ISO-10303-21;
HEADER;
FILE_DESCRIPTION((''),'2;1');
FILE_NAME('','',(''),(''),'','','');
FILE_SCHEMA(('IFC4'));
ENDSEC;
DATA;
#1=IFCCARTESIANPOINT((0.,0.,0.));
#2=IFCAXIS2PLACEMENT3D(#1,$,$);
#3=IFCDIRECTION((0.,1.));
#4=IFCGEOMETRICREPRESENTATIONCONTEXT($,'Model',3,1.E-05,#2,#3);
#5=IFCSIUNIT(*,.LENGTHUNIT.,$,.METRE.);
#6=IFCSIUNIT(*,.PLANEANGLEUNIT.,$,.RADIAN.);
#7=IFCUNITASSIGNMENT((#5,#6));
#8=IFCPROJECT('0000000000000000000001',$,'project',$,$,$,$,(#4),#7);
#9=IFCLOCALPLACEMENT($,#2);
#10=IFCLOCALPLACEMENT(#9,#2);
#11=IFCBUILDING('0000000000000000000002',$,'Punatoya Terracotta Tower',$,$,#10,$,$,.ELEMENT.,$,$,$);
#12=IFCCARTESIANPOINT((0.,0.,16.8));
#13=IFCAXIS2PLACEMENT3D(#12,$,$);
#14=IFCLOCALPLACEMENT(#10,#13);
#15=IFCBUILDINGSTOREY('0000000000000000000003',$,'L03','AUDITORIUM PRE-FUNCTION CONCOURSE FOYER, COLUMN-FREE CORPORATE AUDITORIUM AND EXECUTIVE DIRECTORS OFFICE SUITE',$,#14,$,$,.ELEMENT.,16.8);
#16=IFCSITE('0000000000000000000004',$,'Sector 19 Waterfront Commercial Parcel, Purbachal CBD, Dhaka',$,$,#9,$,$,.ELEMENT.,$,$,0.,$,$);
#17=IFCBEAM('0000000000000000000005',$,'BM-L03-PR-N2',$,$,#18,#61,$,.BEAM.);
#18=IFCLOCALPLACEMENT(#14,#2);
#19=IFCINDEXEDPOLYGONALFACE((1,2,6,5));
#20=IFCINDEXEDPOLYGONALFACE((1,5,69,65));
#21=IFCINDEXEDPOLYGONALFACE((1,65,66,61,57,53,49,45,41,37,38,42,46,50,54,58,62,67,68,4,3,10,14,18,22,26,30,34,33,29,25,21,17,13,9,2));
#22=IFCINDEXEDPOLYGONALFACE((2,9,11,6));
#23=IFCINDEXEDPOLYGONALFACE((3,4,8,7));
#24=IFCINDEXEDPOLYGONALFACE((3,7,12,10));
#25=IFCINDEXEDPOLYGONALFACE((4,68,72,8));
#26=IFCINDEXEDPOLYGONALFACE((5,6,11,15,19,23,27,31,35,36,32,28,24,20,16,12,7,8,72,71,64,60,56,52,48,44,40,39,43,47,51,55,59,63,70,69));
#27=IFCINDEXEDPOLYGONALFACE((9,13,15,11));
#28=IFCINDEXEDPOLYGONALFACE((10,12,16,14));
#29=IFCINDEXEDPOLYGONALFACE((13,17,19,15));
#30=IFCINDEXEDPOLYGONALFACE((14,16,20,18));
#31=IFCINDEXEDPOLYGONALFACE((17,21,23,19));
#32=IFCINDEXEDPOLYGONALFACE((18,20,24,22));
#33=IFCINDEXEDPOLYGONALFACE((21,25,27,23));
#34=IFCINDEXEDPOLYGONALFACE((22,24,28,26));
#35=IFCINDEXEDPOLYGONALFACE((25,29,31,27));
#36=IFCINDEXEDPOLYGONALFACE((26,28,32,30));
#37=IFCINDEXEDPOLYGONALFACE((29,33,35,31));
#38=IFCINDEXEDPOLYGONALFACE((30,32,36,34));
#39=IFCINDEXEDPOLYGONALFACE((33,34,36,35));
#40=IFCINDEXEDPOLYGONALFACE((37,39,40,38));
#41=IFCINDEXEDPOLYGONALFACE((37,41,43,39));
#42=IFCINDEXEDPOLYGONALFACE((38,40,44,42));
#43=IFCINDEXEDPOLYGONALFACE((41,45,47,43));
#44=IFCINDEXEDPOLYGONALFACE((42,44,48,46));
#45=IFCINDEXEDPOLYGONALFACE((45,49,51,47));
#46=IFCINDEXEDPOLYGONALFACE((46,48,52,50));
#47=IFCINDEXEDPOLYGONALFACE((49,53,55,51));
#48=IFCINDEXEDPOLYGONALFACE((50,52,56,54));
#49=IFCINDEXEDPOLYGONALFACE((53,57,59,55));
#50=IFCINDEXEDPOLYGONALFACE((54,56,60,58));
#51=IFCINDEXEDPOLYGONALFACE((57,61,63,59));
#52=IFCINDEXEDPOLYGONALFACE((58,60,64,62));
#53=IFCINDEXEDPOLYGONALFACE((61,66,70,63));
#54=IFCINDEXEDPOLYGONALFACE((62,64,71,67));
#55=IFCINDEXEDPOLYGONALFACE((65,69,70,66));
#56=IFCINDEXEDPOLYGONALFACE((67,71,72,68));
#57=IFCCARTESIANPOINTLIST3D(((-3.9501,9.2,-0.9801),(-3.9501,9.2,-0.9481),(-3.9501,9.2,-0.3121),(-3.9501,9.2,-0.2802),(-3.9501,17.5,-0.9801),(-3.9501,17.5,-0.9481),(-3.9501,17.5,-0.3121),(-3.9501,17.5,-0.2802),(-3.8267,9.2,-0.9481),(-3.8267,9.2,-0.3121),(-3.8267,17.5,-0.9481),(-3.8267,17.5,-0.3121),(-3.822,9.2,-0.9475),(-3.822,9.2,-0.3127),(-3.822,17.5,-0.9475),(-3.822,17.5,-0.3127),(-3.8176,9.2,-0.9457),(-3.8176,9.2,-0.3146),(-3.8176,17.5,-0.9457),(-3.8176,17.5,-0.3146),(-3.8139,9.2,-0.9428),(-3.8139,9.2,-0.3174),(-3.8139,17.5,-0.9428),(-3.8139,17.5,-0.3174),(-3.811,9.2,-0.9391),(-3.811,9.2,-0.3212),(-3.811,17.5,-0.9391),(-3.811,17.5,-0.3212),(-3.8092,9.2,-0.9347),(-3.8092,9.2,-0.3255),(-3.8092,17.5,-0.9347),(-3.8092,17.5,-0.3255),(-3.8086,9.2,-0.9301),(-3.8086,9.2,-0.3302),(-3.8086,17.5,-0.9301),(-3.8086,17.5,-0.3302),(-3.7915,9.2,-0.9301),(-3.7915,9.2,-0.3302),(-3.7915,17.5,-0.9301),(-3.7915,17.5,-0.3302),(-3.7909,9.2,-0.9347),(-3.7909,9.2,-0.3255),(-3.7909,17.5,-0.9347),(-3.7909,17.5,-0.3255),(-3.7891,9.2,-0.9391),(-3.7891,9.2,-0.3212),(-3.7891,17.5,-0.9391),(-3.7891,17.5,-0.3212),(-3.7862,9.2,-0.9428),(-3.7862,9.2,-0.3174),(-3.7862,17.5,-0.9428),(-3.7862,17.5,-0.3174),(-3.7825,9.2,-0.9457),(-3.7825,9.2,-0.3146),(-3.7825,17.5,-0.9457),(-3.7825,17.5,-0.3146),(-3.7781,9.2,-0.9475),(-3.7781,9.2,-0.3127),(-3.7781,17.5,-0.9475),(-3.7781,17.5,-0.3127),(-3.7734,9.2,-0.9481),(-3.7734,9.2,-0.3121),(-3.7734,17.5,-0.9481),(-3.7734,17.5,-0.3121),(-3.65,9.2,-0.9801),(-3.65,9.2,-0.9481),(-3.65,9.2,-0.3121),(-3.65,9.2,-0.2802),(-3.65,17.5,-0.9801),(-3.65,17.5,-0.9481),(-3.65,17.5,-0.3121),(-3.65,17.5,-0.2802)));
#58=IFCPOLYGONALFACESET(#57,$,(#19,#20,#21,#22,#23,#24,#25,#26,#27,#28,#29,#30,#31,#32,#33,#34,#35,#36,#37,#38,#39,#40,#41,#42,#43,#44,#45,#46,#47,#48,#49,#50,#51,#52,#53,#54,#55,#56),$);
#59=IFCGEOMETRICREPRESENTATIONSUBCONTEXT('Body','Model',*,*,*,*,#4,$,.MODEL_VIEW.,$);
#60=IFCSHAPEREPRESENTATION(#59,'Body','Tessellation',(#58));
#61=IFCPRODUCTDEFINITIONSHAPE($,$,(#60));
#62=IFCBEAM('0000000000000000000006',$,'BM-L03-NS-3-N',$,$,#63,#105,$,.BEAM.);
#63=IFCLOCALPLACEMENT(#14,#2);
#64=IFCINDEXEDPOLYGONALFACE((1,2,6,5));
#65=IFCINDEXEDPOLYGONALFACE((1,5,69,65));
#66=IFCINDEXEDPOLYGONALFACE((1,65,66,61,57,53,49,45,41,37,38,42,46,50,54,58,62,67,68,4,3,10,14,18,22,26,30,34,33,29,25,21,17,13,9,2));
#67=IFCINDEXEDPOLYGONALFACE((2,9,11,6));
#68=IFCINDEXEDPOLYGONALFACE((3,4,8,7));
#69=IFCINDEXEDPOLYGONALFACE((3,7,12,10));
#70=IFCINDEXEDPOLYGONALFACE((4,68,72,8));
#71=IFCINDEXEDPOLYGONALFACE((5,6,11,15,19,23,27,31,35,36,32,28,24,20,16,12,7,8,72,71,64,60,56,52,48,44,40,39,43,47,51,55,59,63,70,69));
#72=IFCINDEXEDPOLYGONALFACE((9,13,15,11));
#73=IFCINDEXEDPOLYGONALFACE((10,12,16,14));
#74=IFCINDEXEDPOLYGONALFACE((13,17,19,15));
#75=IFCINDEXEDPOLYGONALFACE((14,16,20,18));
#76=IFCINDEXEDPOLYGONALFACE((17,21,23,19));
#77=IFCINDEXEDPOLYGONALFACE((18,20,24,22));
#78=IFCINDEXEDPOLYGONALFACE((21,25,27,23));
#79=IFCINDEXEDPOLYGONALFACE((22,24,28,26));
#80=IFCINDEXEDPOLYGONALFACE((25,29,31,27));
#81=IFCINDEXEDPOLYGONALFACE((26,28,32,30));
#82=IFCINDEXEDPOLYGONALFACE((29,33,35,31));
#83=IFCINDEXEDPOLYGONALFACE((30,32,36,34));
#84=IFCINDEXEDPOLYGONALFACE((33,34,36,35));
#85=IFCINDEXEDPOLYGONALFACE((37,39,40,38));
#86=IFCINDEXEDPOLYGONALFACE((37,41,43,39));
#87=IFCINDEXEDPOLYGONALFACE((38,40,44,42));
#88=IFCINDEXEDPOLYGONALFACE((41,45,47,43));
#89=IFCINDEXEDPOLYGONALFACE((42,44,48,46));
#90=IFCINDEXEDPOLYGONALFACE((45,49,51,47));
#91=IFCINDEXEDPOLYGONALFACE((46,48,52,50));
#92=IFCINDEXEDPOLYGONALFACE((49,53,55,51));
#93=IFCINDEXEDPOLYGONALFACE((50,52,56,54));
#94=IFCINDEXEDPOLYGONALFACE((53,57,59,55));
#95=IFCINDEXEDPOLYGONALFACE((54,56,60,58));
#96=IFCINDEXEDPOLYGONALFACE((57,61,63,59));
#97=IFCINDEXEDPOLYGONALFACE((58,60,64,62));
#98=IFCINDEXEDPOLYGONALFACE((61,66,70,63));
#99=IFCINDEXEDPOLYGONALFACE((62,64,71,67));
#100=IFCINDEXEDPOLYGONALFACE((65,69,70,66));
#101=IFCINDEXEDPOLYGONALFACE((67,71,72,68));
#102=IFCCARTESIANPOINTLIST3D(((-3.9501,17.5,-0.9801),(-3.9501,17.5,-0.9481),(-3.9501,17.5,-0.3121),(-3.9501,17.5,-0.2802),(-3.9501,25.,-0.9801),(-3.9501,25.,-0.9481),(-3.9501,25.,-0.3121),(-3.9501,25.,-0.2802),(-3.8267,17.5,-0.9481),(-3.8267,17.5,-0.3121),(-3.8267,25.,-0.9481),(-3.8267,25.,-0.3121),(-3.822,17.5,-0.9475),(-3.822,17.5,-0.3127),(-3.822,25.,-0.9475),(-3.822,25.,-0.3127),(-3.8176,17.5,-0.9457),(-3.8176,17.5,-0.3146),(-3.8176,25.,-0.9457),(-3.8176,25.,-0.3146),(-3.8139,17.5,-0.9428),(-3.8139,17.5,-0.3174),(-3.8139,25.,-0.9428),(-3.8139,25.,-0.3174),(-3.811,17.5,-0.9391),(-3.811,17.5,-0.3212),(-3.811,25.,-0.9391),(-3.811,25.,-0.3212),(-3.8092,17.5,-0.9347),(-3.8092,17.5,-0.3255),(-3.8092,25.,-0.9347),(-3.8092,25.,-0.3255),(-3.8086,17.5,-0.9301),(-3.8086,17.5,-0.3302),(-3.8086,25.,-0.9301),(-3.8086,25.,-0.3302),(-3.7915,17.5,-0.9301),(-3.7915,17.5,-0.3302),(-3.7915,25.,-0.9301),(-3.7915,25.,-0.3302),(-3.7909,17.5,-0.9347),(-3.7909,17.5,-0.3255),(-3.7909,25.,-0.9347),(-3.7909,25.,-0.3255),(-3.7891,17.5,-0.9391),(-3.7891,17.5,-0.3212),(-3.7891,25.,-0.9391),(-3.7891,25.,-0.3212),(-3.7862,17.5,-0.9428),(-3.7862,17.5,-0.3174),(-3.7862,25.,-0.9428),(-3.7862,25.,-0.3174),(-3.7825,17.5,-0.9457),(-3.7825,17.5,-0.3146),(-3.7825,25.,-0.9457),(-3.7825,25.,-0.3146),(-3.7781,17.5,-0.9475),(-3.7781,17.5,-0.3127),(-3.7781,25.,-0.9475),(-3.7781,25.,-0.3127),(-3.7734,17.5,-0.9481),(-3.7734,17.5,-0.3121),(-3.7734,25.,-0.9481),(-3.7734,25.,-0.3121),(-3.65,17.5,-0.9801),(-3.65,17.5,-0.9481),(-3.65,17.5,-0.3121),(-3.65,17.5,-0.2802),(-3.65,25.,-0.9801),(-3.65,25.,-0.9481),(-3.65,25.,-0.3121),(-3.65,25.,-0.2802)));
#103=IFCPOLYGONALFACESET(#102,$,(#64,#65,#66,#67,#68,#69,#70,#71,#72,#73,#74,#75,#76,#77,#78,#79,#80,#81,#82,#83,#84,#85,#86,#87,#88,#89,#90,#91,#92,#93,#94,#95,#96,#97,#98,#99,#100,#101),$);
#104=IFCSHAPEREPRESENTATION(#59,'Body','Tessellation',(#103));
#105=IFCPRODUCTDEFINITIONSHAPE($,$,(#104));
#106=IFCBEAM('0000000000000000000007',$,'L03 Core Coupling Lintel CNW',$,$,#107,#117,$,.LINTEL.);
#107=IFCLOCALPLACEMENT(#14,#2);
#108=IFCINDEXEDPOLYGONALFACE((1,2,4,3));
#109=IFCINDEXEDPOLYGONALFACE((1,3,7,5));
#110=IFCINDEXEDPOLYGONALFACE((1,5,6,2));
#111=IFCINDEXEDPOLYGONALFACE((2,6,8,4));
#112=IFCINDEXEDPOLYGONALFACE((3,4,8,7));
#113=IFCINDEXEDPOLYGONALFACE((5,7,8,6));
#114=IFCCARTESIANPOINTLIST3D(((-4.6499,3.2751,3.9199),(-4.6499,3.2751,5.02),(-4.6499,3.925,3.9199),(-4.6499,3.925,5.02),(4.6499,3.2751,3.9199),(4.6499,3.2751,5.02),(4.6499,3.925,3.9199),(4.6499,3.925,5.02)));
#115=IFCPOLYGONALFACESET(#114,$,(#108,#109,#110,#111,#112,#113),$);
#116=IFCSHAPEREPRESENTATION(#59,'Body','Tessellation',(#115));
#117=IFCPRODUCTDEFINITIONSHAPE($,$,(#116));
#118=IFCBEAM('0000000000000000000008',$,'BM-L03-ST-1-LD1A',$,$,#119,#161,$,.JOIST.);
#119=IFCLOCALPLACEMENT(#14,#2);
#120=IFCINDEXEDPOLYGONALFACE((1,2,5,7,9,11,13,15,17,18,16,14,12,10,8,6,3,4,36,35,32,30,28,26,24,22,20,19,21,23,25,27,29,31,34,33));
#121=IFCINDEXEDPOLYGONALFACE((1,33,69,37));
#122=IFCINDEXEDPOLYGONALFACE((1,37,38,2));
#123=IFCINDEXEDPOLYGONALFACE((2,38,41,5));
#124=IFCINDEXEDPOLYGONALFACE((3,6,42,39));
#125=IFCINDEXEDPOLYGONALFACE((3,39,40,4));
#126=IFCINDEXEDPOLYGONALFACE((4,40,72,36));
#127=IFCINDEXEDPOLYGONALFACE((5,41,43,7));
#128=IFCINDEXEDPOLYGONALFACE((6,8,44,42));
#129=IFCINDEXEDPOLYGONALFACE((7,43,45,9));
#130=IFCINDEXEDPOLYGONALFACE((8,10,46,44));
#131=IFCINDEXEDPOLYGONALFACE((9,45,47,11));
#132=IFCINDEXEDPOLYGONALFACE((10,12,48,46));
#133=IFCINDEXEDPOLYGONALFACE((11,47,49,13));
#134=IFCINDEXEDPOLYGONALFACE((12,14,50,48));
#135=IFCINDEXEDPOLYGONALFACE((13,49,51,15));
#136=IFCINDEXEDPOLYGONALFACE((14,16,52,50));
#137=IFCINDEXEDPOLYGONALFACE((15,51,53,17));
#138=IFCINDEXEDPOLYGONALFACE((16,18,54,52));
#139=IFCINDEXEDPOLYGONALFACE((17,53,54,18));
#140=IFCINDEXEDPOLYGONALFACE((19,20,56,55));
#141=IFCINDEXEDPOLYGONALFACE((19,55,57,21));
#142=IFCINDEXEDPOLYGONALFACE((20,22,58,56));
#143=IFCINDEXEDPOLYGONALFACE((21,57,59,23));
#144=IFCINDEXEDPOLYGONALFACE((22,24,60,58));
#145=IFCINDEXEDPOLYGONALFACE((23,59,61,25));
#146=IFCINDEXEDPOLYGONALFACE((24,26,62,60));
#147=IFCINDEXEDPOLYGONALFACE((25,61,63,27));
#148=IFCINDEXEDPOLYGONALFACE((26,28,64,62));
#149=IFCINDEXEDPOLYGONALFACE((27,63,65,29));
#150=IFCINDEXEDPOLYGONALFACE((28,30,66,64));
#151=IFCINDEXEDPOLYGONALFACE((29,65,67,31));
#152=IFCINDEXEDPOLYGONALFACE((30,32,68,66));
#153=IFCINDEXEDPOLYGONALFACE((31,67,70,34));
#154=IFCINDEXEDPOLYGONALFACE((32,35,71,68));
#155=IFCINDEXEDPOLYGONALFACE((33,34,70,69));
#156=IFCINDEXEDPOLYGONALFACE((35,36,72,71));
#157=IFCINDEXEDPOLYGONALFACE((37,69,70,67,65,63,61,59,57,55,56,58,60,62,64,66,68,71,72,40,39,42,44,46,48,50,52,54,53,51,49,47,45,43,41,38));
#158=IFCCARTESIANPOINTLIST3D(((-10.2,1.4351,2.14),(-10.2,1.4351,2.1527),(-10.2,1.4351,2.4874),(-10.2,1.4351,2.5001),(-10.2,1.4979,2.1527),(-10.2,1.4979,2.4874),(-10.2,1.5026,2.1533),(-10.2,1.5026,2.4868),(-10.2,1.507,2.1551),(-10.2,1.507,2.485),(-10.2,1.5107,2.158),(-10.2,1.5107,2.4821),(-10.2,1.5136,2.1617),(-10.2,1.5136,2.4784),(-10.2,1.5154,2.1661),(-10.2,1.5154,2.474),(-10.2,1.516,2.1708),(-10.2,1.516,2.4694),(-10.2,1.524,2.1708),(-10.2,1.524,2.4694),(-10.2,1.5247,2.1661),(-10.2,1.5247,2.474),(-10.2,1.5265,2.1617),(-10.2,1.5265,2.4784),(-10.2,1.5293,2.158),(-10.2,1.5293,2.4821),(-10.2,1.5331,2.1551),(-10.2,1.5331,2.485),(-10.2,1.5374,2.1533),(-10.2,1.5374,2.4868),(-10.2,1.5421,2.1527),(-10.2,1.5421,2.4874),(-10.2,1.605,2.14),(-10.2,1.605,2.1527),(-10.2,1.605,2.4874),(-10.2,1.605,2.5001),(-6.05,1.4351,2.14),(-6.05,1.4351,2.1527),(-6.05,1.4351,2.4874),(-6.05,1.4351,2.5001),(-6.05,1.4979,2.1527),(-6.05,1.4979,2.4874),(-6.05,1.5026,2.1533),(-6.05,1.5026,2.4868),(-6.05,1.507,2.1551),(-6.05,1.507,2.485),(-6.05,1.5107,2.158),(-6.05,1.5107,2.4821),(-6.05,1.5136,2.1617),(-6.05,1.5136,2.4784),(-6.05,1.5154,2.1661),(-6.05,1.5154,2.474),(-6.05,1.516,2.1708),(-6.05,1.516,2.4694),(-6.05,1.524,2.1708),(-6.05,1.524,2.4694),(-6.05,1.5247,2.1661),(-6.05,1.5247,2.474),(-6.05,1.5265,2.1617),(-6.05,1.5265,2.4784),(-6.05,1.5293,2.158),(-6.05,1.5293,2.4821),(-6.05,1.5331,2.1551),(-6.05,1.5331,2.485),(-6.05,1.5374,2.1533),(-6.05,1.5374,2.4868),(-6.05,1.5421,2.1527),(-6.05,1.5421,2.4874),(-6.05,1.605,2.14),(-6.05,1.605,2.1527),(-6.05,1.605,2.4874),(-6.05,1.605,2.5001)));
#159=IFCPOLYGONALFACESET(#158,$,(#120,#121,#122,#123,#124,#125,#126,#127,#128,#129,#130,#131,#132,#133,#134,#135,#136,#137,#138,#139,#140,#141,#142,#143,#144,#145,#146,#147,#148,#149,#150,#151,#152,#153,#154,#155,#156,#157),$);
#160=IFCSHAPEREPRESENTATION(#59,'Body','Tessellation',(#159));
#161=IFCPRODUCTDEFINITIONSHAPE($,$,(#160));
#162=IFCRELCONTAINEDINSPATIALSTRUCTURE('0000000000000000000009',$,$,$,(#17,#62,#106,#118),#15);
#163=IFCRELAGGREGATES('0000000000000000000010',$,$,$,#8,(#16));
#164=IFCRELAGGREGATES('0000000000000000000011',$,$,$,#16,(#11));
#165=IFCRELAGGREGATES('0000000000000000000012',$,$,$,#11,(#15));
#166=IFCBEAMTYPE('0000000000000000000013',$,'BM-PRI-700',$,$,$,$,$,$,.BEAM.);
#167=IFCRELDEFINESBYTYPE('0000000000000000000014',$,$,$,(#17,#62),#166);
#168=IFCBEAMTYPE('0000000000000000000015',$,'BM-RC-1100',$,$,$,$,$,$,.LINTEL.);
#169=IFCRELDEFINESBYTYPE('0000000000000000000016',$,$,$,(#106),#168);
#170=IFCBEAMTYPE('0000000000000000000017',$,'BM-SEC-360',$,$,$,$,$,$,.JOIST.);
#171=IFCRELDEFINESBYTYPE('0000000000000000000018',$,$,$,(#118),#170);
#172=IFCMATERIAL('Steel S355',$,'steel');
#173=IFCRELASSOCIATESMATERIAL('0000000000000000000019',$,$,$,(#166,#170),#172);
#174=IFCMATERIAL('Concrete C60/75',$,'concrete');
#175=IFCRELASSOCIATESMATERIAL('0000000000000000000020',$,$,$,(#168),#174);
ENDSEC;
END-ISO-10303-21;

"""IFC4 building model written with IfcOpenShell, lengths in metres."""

from ifc_helpers import new_model, si_unit, direction, frame, origin, origin_2d, place, context, subcontext, project, spatial, rectangle, i_section, extrude, material, material_profile, profile_set, type_object, element, save


model = new_model("IFC4")

# Units and contexts
model_context = context("Model", 3, precision=1e-05, world=origin(), true_north=direction((0.0, 1.0)))
body_context = subcontext(model_context, "Body", "Model", "MODEL_VIEW")
ifc_project = project(units=[si_unit("LENGTHUNIT", "METRE"), si_unit("PLANEANGLEUNIT", "RADIAN")], contexts=[model_context])

# Site, building, storey
site_placement = place(None, origin())
site = spatial("IfcSite", under=ifc_project, at=site_placement, Name="Sector 19 Waterfront Commercial Parcel, Purbachal CBD, Dhaka", CompositionType="ELEMENT", RefElevation=0.0)
building_placement = place(site_placement, origin())
building = spatial("IfcBuilding", under=site, at=building_placement, Name="Punatoya Terracotta Tower", CompositionType="ELEMENT")
storey_placement = place(building_placement, frame((0.0, 0.0, 16.8)))
storey = spatial("IfcBuildingStorey", under=building, at=storey_placement, Name="L03", Description="AUDITORIUM PRE-FUNCTION CONCOURSE FOYER, COLUMN-FREE CORPORATE AUDITORIUM AND EXECUTIVE DIRECTORS OFFICE SUITE", CompositionType="ELEMENT", Elevation=16.8)

# Beams
ifc_material_1 = material(Name="Steel S355", Category="steel")
ifc_material_profile_1 = material_profile(ifc_material_1, i_section(OverallWidth=0.3, OverallDepth=0.7, WebThickness=0.0171, FlangeThickness=0.032, FilletRadius=0.0181, at=origin_2d()))
ifc_profile_set_1 = profile_set([ifc_material_profile_1], Name="Steel S355")
beam_type_1 = type_object("IfcBeamType", Name="BM-PRI-700", PredefinedType="BEAM", material=ifc_profile_set_1)
for number, where, z_axis, x_axis, name in (
    (1, (-3.8, 9.2, -0.6301), (0.0, 1.0, 0.0), (-1.0, 0.0, 0.0), "BM-L03-PR-N2"),
):
    element("IfcBeam", number, at=place(storey_placement, frame(where, z_axis=z_axis, x_axis=x_axis)), inside=storey, type_object=beam_type_1, Name=name, PredefinedType="BEAM", context=body_context, shape_type="SweptSolid", body=[
        extrude(i_section(OverallWidth=0.3, OverallDepth=0.7, WebThickness=0.0171, FlangeThickness=0.032, FilletRadius=0.0181, at=origin_2d()), origin(), (0.0, 0.0, 1.0), 8.3),
    ])
beam_1_placement = place(storey_placement, frame((-3.8, 17.5, -0.6301), z_axis=(0.0, 1.0, 0.0), x_axis=(-1.0, 0.0, 0.0)))
element("IfcBeam", 2, at=beam_1_placement, inside=storey, type_object=beam_type_1, Name="BM-L03-NS-3-N", PredefinedType="BEAM", context=body_context, shape_type="SweptSolid", body=[
    extrude(i_section(OverallWidth=0.3, OverallDepth=0.7, WebThickness=0.0171, FlangeThickness=0.032, FilletRadius=0.0181, at=origin_2d()), origin(), (0.0, 0.0, 1.0), 7.5),
])
ifc_material_2 = material(Name="Concrete C60/75", Category="concrete")
ifc_material_profile_2 = material_profile(ifc_material_2, rectangle(XDim=0.6499, YDim=1.1001, at=origin_2d()))
ifc_profile_set_2 = profile_set([ifc_material_profile_2], Name="Concrete C60/75")
beam_type_2 = type_object("IfcBeamType", Name="BM-RC-1100", PredefinedType="LINTEL", material=ifc_profile_set_2)
beam_2_placement = place(storey_placement, frame((-4.6499, 3.6001, 4.47), z_axis=(1.0, 0.0, 0.0), x_axis=(0.0, 1.0, 0.0)))
element("IfcBeam", 3, at=beam_2_placement, inside=storey, type_object=beam_type_2, Name="L03 Core Coupling Lintel CNW", PredefinedType="LINTEL", context=body_context, shape_type="SweptSolid", body=[
    extrude(rectangle(XDim=0.6499, YDim=1.1001, at=origin_2d()), origin(), (0.0, 0.0, 1.0), 9.2998),
])
ifc_material_profile_3 = material_profile(ifc_material_1, i_section(OverallWidth=0.1699, OverallDepth=0.3601, WebThickness=0.0081, FlangeThickness=0.0127, FilletRadius=0.0181, at=origin_2d()))
ifc_profile_set_3 = profile_set([ifc_material_profile_3], Name="Steel S355")
beam_type_3 = type_object("IfcBeamType", Name="BM-SEC-360", PredefinedType="JOIST", material=ifc_profile_set_3)
for number, where, z_axis, x_axis, name in (
    (4, (-10.2, 1.52, 2.3201), (1.0, 0.0, 0.0), (0.0, 1.0, 0.0), "BM-L03-ST-1-LD1A"),
):
    element("IfcBeam", number, at=place(storey_placement, frame(where, z_axis=z_axis, x_axis=x_axis)), inside=storey, type_object=beam_type_3, Name=name, PredefinedType="JOIST", context=body_context, shape_type="SweptSolid", body=[
        extrude(i_section(OverallWidth=0.1699, OverallDepth=0.3601, WebThickness=0.0081, FlangeThickness=0.0127, FilletRadius=0.0181, at=origin_2d()), origin(), (0.0, 0.0, 1.0), 4.1499),
    ])

save(model, "model.ifc")
